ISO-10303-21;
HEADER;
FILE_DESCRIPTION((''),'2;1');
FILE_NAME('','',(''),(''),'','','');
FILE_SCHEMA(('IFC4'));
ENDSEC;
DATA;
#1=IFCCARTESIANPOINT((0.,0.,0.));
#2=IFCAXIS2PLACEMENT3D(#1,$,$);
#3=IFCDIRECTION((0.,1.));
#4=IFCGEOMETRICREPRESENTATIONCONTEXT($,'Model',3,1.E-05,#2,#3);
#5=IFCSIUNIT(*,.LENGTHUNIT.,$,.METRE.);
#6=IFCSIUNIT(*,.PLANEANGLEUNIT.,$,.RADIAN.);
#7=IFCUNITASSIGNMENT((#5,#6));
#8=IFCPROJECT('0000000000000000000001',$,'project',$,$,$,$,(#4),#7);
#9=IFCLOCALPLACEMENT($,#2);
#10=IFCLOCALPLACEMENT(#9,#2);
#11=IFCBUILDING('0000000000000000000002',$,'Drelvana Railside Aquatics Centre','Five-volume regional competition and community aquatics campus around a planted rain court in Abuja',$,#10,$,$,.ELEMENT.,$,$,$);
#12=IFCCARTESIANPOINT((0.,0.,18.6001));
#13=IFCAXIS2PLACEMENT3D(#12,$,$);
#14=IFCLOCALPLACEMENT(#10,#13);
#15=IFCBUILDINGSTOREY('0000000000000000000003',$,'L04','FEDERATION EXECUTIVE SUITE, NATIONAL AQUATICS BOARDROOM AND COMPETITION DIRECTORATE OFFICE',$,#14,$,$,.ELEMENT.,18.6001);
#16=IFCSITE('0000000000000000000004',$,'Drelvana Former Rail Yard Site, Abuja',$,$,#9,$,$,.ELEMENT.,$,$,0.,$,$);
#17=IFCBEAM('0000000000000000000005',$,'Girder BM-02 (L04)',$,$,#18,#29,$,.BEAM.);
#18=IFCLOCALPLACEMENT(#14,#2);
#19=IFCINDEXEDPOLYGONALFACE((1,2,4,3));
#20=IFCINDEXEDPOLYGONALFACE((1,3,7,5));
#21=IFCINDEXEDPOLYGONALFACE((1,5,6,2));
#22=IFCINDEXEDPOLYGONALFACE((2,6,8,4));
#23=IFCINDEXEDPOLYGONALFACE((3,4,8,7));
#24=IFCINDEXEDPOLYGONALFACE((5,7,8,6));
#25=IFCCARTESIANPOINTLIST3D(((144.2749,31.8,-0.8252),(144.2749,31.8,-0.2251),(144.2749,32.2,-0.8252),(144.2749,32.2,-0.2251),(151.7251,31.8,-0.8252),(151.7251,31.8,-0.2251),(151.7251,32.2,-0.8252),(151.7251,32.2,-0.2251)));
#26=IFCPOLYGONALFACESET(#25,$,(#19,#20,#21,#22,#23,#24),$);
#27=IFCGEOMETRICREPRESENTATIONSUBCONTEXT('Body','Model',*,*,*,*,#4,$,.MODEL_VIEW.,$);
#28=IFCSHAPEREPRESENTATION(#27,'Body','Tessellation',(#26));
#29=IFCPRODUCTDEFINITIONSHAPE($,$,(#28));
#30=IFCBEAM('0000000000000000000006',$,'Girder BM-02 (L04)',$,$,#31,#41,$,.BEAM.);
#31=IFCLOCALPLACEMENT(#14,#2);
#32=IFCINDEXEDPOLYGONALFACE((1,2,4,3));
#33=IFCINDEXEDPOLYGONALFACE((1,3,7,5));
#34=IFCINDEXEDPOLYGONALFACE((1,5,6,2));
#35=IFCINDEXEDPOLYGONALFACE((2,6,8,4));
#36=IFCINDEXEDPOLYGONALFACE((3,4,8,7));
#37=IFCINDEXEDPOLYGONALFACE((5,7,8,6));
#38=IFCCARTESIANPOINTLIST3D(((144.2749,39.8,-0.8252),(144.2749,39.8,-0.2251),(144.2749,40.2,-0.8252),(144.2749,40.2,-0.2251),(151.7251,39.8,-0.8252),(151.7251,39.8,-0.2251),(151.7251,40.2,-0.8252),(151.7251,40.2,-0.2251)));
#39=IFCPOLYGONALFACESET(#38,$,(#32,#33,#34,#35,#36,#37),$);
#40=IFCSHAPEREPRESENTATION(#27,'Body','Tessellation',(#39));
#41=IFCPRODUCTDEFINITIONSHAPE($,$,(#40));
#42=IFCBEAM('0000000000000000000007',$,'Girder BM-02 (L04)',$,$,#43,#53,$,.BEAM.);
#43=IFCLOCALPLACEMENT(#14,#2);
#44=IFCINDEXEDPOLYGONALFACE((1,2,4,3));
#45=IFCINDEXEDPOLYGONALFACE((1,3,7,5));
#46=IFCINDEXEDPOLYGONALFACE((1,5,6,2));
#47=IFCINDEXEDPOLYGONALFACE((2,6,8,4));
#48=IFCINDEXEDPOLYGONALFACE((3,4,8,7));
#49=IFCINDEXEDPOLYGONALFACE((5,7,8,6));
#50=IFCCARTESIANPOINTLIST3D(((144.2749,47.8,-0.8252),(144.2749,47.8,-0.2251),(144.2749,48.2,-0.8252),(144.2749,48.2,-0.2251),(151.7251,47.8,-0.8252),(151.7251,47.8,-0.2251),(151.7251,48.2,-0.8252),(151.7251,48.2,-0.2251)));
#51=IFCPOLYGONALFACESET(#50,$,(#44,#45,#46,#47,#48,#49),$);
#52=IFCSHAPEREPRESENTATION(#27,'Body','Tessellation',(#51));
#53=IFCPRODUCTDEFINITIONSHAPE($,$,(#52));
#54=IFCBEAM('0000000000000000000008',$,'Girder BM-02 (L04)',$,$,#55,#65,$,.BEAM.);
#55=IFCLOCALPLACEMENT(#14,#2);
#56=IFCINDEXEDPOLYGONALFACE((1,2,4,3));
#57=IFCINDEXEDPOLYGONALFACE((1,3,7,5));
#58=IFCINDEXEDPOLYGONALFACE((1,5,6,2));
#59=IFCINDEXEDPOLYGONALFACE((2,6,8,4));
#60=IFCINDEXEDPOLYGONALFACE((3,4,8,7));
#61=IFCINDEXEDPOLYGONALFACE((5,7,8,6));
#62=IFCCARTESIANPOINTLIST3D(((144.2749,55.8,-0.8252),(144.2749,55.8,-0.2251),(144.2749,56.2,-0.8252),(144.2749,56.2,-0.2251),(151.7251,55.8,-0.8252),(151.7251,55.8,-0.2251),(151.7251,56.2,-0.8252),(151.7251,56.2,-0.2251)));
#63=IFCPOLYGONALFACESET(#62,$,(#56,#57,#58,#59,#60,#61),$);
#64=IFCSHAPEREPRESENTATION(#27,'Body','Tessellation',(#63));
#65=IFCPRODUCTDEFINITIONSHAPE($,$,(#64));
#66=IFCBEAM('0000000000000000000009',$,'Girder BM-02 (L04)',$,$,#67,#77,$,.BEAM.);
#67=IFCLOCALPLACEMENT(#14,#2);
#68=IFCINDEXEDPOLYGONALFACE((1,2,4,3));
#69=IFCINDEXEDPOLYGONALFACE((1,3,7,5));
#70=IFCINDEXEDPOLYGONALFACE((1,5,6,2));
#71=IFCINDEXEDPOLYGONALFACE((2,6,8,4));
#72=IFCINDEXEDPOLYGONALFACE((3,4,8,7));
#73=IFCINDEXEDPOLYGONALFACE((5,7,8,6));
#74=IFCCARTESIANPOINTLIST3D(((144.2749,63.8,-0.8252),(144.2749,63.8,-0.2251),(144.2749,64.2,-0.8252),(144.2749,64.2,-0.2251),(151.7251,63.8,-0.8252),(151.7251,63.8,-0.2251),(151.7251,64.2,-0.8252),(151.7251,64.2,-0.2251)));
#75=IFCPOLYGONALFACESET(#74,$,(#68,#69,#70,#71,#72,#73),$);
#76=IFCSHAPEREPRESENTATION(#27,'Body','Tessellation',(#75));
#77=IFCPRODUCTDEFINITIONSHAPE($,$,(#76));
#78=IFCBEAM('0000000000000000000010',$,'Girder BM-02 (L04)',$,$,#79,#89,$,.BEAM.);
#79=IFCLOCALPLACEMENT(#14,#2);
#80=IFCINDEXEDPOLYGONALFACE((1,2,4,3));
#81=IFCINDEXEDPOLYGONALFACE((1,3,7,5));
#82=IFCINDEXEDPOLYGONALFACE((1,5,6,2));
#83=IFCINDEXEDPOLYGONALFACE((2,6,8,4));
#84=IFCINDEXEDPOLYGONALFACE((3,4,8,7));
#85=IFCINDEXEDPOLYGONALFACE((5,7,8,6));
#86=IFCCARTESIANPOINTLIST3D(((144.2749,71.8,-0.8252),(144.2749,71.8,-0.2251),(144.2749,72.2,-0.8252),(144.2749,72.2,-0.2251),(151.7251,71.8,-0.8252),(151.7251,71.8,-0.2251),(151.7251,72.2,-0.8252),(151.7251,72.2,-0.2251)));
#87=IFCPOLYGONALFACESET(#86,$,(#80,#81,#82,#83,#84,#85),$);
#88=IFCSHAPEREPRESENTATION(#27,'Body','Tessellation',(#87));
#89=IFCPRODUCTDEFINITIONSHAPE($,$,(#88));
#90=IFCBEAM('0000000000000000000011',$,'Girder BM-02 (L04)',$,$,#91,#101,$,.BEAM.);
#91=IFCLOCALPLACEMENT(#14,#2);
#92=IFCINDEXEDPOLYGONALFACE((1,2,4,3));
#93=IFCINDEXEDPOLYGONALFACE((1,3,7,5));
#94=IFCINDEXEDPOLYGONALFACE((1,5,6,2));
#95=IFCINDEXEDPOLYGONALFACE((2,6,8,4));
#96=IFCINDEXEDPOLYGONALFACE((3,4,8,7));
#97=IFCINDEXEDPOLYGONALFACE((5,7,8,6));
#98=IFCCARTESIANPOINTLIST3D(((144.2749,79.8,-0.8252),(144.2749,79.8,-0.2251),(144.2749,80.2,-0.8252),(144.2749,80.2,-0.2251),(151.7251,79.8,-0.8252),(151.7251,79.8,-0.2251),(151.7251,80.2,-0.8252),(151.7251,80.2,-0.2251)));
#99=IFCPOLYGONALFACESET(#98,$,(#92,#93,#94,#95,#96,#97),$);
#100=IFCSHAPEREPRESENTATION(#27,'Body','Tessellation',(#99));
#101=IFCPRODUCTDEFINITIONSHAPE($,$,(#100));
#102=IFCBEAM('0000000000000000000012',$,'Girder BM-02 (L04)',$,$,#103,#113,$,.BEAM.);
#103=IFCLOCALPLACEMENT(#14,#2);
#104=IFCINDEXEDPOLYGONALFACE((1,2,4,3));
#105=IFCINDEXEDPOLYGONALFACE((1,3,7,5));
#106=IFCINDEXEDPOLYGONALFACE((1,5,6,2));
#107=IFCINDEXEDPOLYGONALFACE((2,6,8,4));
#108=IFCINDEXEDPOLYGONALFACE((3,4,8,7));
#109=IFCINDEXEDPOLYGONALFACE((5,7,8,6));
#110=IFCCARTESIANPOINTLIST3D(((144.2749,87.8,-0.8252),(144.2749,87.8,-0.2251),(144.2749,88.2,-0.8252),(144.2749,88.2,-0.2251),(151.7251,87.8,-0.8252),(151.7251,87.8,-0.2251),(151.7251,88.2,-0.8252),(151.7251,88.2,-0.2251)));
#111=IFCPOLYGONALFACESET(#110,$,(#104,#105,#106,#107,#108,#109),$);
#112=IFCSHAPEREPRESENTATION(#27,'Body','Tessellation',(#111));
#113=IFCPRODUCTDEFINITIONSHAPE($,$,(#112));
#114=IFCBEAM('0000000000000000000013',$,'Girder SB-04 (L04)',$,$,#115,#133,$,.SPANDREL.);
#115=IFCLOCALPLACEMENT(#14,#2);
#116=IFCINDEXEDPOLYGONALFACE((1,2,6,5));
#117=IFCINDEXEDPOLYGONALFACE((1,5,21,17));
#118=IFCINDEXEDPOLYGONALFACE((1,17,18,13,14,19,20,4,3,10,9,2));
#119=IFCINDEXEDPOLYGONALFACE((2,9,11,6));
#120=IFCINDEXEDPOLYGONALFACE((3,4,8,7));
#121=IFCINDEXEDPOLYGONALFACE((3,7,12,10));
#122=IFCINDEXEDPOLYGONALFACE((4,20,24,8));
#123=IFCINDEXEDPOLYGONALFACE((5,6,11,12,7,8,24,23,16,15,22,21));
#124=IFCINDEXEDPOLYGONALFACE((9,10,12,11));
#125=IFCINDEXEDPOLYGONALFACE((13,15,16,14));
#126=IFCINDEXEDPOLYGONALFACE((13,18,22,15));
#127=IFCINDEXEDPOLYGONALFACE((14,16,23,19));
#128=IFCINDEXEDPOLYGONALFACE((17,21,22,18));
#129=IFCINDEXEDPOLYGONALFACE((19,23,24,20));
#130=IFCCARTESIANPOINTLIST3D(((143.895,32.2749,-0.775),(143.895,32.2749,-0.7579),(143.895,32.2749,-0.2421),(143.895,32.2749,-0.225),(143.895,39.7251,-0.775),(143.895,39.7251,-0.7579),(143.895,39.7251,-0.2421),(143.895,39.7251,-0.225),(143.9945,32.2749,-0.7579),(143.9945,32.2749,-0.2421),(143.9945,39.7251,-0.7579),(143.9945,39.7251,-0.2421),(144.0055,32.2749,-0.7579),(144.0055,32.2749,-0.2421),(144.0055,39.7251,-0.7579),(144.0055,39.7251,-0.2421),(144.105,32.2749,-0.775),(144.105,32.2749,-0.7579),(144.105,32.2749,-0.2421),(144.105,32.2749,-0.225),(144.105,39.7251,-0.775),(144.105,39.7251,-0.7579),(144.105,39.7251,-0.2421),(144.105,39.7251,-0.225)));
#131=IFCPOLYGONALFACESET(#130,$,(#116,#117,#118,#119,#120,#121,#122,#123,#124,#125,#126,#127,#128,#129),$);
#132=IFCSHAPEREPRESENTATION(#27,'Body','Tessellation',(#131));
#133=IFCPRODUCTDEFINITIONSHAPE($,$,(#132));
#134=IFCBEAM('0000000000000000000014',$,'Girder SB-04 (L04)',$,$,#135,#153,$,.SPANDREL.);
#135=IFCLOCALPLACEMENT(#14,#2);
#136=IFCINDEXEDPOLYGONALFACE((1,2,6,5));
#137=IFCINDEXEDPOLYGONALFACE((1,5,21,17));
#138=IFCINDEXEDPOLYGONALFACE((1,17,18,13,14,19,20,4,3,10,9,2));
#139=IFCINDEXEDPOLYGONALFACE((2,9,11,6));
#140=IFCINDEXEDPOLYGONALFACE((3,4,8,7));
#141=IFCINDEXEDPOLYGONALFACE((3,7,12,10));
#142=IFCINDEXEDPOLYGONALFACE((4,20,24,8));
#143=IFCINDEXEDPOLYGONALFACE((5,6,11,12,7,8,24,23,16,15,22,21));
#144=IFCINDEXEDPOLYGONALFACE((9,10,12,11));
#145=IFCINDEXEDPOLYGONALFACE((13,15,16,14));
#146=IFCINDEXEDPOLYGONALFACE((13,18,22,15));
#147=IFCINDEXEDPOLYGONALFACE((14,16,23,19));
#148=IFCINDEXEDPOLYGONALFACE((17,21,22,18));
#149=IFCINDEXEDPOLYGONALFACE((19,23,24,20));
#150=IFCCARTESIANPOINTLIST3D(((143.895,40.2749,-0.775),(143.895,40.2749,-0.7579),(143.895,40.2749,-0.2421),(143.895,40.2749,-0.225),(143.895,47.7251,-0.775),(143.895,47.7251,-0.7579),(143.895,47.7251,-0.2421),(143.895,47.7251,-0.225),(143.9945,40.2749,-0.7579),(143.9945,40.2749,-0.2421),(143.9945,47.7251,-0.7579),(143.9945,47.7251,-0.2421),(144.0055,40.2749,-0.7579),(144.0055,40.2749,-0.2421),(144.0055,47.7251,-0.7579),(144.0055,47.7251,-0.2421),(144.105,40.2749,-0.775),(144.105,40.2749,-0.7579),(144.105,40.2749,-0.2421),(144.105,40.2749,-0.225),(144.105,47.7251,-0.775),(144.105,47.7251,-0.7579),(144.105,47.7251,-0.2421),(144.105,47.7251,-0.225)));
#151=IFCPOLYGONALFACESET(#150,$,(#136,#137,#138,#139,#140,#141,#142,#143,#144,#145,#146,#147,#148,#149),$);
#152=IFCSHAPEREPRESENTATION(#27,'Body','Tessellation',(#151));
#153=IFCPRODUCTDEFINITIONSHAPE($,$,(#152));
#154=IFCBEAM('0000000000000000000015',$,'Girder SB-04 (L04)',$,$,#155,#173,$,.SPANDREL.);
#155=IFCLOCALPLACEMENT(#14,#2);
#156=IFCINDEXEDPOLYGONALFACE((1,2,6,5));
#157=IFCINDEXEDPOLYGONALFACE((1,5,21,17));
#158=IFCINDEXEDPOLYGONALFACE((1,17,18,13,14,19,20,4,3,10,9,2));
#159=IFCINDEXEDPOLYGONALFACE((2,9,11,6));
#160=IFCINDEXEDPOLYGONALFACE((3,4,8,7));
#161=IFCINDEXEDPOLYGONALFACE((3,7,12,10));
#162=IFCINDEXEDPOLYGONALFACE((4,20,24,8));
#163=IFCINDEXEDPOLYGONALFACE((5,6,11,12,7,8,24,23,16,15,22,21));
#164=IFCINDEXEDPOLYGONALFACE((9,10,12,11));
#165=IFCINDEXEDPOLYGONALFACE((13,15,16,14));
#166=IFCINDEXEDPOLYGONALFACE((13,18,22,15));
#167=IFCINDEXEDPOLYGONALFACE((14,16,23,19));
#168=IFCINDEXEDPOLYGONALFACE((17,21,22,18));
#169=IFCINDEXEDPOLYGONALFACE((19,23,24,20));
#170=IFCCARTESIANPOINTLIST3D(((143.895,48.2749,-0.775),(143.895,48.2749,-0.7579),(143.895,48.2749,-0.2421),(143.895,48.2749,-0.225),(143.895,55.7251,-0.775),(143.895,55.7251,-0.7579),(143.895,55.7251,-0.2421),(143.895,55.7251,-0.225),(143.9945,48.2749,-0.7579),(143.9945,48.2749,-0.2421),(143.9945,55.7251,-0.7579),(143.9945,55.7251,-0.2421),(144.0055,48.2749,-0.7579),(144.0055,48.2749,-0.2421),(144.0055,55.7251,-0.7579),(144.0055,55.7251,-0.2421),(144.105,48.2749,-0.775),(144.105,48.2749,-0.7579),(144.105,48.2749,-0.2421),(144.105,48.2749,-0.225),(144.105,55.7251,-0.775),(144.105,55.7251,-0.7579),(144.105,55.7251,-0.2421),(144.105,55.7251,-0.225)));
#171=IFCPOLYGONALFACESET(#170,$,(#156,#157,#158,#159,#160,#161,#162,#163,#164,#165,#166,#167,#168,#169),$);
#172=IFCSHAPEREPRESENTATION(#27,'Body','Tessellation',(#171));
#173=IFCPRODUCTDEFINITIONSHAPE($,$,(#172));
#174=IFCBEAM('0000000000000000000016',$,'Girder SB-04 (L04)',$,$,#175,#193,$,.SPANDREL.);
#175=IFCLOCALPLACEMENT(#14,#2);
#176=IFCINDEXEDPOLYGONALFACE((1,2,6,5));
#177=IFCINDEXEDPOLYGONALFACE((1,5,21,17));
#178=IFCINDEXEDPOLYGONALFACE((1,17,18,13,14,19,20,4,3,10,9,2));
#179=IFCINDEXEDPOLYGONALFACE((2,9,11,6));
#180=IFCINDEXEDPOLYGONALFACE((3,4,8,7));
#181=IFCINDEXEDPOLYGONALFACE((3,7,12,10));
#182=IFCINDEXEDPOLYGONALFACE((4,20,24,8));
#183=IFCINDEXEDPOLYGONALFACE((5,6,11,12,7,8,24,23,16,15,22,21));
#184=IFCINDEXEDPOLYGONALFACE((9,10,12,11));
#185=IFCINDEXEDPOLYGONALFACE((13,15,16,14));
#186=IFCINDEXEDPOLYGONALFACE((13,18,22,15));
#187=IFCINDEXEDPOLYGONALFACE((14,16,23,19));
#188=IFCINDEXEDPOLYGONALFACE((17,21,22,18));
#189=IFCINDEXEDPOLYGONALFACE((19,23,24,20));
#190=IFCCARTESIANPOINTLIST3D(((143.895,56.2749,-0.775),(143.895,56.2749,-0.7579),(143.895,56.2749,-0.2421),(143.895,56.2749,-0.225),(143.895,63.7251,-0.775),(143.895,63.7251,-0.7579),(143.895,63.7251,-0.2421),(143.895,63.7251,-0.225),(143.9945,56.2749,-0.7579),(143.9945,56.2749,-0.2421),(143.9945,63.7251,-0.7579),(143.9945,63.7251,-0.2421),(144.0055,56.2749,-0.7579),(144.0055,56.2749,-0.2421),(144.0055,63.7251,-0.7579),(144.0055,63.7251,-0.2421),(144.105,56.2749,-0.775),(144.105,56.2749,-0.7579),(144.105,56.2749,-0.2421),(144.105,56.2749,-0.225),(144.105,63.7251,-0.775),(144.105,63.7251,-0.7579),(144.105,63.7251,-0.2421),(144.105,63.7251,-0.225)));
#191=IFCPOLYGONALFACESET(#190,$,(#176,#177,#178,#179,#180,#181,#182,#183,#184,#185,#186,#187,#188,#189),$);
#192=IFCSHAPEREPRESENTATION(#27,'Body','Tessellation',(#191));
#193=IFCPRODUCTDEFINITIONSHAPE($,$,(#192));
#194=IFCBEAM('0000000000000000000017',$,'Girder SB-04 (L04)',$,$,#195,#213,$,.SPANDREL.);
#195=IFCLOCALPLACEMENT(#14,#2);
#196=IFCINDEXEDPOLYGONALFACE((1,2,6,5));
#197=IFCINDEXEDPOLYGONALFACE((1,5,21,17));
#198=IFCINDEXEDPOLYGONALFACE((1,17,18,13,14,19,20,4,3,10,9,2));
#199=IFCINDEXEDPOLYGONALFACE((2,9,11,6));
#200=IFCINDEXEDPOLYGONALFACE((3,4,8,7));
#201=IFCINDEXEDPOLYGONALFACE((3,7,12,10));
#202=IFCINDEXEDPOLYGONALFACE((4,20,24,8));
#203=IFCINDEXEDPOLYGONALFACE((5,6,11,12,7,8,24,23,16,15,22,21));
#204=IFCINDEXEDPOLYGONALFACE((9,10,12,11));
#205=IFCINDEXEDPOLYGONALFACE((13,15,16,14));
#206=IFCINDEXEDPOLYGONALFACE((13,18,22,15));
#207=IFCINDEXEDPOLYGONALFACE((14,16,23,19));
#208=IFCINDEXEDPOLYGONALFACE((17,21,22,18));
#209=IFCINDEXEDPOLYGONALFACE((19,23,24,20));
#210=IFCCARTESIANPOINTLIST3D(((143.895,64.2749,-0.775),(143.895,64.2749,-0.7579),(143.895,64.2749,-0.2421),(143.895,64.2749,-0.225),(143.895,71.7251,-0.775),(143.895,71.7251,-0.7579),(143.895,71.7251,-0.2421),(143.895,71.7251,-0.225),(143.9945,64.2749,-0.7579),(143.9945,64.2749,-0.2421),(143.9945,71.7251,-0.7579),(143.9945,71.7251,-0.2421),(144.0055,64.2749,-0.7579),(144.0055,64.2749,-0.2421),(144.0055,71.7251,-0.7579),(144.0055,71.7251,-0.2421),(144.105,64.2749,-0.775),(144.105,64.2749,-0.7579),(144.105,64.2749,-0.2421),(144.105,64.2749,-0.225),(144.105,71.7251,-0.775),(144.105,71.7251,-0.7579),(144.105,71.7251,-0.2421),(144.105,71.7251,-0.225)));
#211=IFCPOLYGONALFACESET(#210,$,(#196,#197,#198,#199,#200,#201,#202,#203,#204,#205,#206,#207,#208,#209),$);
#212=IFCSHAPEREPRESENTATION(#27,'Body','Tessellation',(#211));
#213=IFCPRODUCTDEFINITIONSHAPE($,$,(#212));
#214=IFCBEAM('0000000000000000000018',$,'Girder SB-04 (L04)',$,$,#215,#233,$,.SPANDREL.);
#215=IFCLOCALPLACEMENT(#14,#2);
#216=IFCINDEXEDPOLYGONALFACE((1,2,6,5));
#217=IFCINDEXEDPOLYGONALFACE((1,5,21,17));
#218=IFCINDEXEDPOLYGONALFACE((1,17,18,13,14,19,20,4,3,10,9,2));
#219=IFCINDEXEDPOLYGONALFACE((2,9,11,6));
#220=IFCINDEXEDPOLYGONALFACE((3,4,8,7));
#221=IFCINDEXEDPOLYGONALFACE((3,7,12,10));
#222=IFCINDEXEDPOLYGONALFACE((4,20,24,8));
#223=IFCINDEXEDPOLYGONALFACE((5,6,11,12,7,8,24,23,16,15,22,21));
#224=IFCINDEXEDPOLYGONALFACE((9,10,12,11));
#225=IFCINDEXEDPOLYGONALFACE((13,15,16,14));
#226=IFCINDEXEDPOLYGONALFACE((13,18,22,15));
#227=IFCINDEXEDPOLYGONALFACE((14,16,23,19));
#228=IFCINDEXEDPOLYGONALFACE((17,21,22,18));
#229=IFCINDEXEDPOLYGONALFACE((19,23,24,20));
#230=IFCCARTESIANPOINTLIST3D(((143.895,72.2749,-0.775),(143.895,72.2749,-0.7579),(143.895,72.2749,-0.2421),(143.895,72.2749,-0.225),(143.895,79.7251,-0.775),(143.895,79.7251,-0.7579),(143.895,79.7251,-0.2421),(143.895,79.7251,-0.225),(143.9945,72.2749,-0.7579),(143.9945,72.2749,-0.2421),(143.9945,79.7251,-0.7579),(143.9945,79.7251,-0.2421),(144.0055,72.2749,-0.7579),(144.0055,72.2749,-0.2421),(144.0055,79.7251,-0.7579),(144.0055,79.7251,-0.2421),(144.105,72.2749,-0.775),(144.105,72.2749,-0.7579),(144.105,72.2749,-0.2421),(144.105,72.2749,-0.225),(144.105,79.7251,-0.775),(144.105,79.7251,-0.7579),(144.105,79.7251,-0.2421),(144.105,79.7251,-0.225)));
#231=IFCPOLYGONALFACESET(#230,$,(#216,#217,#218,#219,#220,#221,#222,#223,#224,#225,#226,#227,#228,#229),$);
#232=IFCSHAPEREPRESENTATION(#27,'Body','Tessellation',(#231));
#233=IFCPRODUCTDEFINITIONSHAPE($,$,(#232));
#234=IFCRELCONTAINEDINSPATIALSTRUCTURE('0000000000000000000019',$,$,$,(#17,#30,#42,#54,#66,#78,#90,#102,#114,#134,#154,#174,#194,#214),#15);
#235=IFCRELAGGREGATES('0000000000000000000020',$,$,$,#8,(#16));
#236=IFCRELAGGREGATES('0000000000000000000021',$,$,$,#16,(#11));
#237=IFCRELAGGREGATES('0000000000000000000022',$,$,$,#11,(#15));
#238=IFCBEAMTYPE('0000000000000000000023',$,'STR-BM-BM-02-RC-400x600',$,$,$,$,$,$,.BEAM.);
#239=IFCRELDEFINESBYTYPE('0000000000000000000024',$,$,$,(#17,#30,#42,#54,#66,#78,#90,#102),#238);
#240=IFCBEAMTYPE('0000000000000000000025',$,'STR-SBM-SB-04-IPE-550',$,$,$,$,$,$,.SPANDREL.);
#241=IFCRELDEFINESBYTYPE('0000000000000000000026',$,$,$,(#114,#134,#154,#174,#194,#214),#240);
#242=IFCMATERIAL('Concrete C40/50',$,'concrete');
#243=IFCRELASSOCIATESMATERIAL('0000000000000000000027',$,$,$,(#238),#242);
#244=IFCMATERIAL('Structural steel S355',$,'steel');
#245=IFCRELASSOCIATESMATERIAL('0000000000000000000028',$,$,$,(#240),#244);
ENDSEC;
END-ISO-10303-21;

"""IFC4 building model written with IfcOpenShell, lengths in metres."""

from ifc_helpers import new_model, si_unit, direction, frame, origin, origin_2d, place, context, subcontext, project, spatial, rectangle, i_section, extrude, material, material_profile, profile_set, type_object, element, save


model = new_model("IFC4")

# Units and contexts
model_context = context("Model", 3, precision=1e-05, world=origin(), true_north=direction((0.0, 1.0)))
body_context = subcontext(model_context, "Body", "Model", "MODEL_VIEW")
ifc_project = project(units=[si_unit("LENGTHUNIT", "METRE"), si_unit("PLANEANGLEUNIT", "RADIAN")], contexts=[model_context])

# Site, building, storey
site_placement = place(None, origin())
site = spatial("IfcSite", under=ifc_project, at=site_placement, Name="Drelvana Former Rail Yard Site, Abuja", CompositionType="ELEMENT", RefElevation=0.0)
building_placement = place(site_placement, origin())
building = spatial("IfcBuilding", under=site, at=building_placement, Name="Drelvana Railside Aquatics Centre", Description="Five-volume regional competition and community aquatics campus around a planted rain court in Abuja", CompositionType="ELEMENT")
storey_placement = place(building_placement, frame((0.0, 0.0, 18.6001)))
storey = spatial("IfcBuildingStorey", under=building, at=storey_placement, Name="L04", Description="FEDERATION EXECUTIVE SUITE, NATIONAL AQUATICS BOARDROOM AND COMPETITION DIRECTORATE OFFICE", CompositionType="ELEMENT", Elevation=18.6001)

# Beams
ifc_material_1 = material(Name="Concrete C40/50", Category="concrete")
ifc_material_profile_1 = material_profile(ifc_material_1, rectangle(XDim=0.3999, YDim=0.6001, at=origin_2d()), Name="RC 400x600")
ifc_profile_set_1 = profile_set([ifc_material_profile_1], Name="Concrete C40/50")
beam_type_1 = type_object("IfcBeamType", Name="STR-BM-BM-02-RC-400x600", PredefinedType="BEAM", material=ifc_profile_set_1)
for number, where, z_axis, x_axis, name in (
    (1, (144.2749, 32.0, -0.5251), (1.0, 0.0, 0.0), (0.0, 1.0, 0.0), "Girder BM-02 (L04)"),
    (2, (144.2749, 40.0, -0.5251), (1.0, 0.0, 0.0), (0.0, 1.0, 0.0), "Girder BM-02 (L04)"),
    (3, (144.2749, 48.0, -0.5251), (1.0, 0.0, 0.0), (0.0, 1.0, 0.0), "Girder BM-02 (L04)"),
    (4, (144.2749, 56.0, -0.5251), (1.0, 0.0, 0.0), (0.0, 1.0, 0.0), "Girder BM-02 (L04)"),
    (5, (144.2749, 64.0, -0.5251), (1.0, 0.0, 0.0), (0.0, 1.0, 0.0), "Girder BM-02 (L04)"),
    (6, (144.2749, 72.0, -0.5251), (1.0, 0.0, 0.0), (0.0, 1.0, 0.0), "Girder BM-02 (L04)"),
    (7, (144.2749, 80.0, -0.5251), (1.0, 0.0, 0.0), (0.0, 1.0, 0.0), "Girder BM-02 (L04)"),
    (8, (144.2749, 88.0, -0.5251), (1.0, 0.0, 0.0), (0.0, 1.0, 0.0), "Girder BM-02 (L04)"),
):
    element("IfcBeam", number, at=place(storey_placement, frame(where, z_axis=z_axis, x_axis=x_axis)), inside=storey, type_object=beam_type_1, Name=name, PredefinedType="BEAM", context=body_context, shape_type="SweptSolid", body=[
        extrude(rectangle(XDim=0.3999, YDim=0.6001, at=origin_2d()), origin(), (0.0, 0.0, 1.0), 7.4502),
    ])
ifc_material_2 = material(Name="Structural steel S355", Category="steel")
ifc_material_profile_2 = material_profile(ifc_material_2, i_section(OverallWidth=0.21, OverallDepth=0.55, WebThickness=0.011, FlangeThickness=0.0171, at=origin_2d()), Name="IPE 550")
ifc_profile_set_2 = profile_set([ifc_material_profile_2], Name="Structural steel S355")
beam_type_2 = type_object("IfcBeamType", Name="STR-SBM-SB-04-IPE-550", PredefinedType="SPANDREL", material=ifc_profile_set_2)
for number, where, z_axis, x_axis, name in (
    (9, (144.0, 32.2749, -0.5), (0.0, 1.0, 0.0), (-1.0, 0.0, 0.0), "Girder SB-04 (L04)"),
    (10, (144.0, 40.2749, -0.5), (0.0, 1.0, 0.0), (-1.0, 0.0, 0.0), "Girder SB-04 (L04)"),
    (11, (144.0, 48.2749, -0.5), (0.0, 1.0, 0.0), (-1.0, 0.0, 0.0), "Girder SB-04 (L04)"),
    (12, (144.0, 56.2749, -0.5), (0.0, 1.0, 0.0), (-1.0, 0.0, 0.0), "Girder SB-04 (L04)"),
    (13, (144.0, 64.2749, -0.5), (0.0, 1.0, 0.0), (-1.0, 0.0, 0.0), "Girder SB-04 (L04)"),
    (14, (144.0, 72.2749, -0.5), (0.0, 1.0, 0.0), (-1.0, 0.0, 0.0), "Girder SB-04 (L04)"),
):
    element("IfcBeam", number, at=place(storey_placement, frame(where, z_axis=z_axis, x_axis=x_axis)), inside=storey, type_object=beam_type_2, Name=name, PredefinedType="SPANDREL", context=body_context, shape_type="SweptSolid", body=[
        extrude(i_section(OverallWidth=0.21, OverallDepth=0.55, WebThickness=0.011, FlangeThickness=0.0171, at=origin_2d()), origin(), (0.0, 0.0, 1.0), 7.4502),
    ])

save(model, "model.ifc")
